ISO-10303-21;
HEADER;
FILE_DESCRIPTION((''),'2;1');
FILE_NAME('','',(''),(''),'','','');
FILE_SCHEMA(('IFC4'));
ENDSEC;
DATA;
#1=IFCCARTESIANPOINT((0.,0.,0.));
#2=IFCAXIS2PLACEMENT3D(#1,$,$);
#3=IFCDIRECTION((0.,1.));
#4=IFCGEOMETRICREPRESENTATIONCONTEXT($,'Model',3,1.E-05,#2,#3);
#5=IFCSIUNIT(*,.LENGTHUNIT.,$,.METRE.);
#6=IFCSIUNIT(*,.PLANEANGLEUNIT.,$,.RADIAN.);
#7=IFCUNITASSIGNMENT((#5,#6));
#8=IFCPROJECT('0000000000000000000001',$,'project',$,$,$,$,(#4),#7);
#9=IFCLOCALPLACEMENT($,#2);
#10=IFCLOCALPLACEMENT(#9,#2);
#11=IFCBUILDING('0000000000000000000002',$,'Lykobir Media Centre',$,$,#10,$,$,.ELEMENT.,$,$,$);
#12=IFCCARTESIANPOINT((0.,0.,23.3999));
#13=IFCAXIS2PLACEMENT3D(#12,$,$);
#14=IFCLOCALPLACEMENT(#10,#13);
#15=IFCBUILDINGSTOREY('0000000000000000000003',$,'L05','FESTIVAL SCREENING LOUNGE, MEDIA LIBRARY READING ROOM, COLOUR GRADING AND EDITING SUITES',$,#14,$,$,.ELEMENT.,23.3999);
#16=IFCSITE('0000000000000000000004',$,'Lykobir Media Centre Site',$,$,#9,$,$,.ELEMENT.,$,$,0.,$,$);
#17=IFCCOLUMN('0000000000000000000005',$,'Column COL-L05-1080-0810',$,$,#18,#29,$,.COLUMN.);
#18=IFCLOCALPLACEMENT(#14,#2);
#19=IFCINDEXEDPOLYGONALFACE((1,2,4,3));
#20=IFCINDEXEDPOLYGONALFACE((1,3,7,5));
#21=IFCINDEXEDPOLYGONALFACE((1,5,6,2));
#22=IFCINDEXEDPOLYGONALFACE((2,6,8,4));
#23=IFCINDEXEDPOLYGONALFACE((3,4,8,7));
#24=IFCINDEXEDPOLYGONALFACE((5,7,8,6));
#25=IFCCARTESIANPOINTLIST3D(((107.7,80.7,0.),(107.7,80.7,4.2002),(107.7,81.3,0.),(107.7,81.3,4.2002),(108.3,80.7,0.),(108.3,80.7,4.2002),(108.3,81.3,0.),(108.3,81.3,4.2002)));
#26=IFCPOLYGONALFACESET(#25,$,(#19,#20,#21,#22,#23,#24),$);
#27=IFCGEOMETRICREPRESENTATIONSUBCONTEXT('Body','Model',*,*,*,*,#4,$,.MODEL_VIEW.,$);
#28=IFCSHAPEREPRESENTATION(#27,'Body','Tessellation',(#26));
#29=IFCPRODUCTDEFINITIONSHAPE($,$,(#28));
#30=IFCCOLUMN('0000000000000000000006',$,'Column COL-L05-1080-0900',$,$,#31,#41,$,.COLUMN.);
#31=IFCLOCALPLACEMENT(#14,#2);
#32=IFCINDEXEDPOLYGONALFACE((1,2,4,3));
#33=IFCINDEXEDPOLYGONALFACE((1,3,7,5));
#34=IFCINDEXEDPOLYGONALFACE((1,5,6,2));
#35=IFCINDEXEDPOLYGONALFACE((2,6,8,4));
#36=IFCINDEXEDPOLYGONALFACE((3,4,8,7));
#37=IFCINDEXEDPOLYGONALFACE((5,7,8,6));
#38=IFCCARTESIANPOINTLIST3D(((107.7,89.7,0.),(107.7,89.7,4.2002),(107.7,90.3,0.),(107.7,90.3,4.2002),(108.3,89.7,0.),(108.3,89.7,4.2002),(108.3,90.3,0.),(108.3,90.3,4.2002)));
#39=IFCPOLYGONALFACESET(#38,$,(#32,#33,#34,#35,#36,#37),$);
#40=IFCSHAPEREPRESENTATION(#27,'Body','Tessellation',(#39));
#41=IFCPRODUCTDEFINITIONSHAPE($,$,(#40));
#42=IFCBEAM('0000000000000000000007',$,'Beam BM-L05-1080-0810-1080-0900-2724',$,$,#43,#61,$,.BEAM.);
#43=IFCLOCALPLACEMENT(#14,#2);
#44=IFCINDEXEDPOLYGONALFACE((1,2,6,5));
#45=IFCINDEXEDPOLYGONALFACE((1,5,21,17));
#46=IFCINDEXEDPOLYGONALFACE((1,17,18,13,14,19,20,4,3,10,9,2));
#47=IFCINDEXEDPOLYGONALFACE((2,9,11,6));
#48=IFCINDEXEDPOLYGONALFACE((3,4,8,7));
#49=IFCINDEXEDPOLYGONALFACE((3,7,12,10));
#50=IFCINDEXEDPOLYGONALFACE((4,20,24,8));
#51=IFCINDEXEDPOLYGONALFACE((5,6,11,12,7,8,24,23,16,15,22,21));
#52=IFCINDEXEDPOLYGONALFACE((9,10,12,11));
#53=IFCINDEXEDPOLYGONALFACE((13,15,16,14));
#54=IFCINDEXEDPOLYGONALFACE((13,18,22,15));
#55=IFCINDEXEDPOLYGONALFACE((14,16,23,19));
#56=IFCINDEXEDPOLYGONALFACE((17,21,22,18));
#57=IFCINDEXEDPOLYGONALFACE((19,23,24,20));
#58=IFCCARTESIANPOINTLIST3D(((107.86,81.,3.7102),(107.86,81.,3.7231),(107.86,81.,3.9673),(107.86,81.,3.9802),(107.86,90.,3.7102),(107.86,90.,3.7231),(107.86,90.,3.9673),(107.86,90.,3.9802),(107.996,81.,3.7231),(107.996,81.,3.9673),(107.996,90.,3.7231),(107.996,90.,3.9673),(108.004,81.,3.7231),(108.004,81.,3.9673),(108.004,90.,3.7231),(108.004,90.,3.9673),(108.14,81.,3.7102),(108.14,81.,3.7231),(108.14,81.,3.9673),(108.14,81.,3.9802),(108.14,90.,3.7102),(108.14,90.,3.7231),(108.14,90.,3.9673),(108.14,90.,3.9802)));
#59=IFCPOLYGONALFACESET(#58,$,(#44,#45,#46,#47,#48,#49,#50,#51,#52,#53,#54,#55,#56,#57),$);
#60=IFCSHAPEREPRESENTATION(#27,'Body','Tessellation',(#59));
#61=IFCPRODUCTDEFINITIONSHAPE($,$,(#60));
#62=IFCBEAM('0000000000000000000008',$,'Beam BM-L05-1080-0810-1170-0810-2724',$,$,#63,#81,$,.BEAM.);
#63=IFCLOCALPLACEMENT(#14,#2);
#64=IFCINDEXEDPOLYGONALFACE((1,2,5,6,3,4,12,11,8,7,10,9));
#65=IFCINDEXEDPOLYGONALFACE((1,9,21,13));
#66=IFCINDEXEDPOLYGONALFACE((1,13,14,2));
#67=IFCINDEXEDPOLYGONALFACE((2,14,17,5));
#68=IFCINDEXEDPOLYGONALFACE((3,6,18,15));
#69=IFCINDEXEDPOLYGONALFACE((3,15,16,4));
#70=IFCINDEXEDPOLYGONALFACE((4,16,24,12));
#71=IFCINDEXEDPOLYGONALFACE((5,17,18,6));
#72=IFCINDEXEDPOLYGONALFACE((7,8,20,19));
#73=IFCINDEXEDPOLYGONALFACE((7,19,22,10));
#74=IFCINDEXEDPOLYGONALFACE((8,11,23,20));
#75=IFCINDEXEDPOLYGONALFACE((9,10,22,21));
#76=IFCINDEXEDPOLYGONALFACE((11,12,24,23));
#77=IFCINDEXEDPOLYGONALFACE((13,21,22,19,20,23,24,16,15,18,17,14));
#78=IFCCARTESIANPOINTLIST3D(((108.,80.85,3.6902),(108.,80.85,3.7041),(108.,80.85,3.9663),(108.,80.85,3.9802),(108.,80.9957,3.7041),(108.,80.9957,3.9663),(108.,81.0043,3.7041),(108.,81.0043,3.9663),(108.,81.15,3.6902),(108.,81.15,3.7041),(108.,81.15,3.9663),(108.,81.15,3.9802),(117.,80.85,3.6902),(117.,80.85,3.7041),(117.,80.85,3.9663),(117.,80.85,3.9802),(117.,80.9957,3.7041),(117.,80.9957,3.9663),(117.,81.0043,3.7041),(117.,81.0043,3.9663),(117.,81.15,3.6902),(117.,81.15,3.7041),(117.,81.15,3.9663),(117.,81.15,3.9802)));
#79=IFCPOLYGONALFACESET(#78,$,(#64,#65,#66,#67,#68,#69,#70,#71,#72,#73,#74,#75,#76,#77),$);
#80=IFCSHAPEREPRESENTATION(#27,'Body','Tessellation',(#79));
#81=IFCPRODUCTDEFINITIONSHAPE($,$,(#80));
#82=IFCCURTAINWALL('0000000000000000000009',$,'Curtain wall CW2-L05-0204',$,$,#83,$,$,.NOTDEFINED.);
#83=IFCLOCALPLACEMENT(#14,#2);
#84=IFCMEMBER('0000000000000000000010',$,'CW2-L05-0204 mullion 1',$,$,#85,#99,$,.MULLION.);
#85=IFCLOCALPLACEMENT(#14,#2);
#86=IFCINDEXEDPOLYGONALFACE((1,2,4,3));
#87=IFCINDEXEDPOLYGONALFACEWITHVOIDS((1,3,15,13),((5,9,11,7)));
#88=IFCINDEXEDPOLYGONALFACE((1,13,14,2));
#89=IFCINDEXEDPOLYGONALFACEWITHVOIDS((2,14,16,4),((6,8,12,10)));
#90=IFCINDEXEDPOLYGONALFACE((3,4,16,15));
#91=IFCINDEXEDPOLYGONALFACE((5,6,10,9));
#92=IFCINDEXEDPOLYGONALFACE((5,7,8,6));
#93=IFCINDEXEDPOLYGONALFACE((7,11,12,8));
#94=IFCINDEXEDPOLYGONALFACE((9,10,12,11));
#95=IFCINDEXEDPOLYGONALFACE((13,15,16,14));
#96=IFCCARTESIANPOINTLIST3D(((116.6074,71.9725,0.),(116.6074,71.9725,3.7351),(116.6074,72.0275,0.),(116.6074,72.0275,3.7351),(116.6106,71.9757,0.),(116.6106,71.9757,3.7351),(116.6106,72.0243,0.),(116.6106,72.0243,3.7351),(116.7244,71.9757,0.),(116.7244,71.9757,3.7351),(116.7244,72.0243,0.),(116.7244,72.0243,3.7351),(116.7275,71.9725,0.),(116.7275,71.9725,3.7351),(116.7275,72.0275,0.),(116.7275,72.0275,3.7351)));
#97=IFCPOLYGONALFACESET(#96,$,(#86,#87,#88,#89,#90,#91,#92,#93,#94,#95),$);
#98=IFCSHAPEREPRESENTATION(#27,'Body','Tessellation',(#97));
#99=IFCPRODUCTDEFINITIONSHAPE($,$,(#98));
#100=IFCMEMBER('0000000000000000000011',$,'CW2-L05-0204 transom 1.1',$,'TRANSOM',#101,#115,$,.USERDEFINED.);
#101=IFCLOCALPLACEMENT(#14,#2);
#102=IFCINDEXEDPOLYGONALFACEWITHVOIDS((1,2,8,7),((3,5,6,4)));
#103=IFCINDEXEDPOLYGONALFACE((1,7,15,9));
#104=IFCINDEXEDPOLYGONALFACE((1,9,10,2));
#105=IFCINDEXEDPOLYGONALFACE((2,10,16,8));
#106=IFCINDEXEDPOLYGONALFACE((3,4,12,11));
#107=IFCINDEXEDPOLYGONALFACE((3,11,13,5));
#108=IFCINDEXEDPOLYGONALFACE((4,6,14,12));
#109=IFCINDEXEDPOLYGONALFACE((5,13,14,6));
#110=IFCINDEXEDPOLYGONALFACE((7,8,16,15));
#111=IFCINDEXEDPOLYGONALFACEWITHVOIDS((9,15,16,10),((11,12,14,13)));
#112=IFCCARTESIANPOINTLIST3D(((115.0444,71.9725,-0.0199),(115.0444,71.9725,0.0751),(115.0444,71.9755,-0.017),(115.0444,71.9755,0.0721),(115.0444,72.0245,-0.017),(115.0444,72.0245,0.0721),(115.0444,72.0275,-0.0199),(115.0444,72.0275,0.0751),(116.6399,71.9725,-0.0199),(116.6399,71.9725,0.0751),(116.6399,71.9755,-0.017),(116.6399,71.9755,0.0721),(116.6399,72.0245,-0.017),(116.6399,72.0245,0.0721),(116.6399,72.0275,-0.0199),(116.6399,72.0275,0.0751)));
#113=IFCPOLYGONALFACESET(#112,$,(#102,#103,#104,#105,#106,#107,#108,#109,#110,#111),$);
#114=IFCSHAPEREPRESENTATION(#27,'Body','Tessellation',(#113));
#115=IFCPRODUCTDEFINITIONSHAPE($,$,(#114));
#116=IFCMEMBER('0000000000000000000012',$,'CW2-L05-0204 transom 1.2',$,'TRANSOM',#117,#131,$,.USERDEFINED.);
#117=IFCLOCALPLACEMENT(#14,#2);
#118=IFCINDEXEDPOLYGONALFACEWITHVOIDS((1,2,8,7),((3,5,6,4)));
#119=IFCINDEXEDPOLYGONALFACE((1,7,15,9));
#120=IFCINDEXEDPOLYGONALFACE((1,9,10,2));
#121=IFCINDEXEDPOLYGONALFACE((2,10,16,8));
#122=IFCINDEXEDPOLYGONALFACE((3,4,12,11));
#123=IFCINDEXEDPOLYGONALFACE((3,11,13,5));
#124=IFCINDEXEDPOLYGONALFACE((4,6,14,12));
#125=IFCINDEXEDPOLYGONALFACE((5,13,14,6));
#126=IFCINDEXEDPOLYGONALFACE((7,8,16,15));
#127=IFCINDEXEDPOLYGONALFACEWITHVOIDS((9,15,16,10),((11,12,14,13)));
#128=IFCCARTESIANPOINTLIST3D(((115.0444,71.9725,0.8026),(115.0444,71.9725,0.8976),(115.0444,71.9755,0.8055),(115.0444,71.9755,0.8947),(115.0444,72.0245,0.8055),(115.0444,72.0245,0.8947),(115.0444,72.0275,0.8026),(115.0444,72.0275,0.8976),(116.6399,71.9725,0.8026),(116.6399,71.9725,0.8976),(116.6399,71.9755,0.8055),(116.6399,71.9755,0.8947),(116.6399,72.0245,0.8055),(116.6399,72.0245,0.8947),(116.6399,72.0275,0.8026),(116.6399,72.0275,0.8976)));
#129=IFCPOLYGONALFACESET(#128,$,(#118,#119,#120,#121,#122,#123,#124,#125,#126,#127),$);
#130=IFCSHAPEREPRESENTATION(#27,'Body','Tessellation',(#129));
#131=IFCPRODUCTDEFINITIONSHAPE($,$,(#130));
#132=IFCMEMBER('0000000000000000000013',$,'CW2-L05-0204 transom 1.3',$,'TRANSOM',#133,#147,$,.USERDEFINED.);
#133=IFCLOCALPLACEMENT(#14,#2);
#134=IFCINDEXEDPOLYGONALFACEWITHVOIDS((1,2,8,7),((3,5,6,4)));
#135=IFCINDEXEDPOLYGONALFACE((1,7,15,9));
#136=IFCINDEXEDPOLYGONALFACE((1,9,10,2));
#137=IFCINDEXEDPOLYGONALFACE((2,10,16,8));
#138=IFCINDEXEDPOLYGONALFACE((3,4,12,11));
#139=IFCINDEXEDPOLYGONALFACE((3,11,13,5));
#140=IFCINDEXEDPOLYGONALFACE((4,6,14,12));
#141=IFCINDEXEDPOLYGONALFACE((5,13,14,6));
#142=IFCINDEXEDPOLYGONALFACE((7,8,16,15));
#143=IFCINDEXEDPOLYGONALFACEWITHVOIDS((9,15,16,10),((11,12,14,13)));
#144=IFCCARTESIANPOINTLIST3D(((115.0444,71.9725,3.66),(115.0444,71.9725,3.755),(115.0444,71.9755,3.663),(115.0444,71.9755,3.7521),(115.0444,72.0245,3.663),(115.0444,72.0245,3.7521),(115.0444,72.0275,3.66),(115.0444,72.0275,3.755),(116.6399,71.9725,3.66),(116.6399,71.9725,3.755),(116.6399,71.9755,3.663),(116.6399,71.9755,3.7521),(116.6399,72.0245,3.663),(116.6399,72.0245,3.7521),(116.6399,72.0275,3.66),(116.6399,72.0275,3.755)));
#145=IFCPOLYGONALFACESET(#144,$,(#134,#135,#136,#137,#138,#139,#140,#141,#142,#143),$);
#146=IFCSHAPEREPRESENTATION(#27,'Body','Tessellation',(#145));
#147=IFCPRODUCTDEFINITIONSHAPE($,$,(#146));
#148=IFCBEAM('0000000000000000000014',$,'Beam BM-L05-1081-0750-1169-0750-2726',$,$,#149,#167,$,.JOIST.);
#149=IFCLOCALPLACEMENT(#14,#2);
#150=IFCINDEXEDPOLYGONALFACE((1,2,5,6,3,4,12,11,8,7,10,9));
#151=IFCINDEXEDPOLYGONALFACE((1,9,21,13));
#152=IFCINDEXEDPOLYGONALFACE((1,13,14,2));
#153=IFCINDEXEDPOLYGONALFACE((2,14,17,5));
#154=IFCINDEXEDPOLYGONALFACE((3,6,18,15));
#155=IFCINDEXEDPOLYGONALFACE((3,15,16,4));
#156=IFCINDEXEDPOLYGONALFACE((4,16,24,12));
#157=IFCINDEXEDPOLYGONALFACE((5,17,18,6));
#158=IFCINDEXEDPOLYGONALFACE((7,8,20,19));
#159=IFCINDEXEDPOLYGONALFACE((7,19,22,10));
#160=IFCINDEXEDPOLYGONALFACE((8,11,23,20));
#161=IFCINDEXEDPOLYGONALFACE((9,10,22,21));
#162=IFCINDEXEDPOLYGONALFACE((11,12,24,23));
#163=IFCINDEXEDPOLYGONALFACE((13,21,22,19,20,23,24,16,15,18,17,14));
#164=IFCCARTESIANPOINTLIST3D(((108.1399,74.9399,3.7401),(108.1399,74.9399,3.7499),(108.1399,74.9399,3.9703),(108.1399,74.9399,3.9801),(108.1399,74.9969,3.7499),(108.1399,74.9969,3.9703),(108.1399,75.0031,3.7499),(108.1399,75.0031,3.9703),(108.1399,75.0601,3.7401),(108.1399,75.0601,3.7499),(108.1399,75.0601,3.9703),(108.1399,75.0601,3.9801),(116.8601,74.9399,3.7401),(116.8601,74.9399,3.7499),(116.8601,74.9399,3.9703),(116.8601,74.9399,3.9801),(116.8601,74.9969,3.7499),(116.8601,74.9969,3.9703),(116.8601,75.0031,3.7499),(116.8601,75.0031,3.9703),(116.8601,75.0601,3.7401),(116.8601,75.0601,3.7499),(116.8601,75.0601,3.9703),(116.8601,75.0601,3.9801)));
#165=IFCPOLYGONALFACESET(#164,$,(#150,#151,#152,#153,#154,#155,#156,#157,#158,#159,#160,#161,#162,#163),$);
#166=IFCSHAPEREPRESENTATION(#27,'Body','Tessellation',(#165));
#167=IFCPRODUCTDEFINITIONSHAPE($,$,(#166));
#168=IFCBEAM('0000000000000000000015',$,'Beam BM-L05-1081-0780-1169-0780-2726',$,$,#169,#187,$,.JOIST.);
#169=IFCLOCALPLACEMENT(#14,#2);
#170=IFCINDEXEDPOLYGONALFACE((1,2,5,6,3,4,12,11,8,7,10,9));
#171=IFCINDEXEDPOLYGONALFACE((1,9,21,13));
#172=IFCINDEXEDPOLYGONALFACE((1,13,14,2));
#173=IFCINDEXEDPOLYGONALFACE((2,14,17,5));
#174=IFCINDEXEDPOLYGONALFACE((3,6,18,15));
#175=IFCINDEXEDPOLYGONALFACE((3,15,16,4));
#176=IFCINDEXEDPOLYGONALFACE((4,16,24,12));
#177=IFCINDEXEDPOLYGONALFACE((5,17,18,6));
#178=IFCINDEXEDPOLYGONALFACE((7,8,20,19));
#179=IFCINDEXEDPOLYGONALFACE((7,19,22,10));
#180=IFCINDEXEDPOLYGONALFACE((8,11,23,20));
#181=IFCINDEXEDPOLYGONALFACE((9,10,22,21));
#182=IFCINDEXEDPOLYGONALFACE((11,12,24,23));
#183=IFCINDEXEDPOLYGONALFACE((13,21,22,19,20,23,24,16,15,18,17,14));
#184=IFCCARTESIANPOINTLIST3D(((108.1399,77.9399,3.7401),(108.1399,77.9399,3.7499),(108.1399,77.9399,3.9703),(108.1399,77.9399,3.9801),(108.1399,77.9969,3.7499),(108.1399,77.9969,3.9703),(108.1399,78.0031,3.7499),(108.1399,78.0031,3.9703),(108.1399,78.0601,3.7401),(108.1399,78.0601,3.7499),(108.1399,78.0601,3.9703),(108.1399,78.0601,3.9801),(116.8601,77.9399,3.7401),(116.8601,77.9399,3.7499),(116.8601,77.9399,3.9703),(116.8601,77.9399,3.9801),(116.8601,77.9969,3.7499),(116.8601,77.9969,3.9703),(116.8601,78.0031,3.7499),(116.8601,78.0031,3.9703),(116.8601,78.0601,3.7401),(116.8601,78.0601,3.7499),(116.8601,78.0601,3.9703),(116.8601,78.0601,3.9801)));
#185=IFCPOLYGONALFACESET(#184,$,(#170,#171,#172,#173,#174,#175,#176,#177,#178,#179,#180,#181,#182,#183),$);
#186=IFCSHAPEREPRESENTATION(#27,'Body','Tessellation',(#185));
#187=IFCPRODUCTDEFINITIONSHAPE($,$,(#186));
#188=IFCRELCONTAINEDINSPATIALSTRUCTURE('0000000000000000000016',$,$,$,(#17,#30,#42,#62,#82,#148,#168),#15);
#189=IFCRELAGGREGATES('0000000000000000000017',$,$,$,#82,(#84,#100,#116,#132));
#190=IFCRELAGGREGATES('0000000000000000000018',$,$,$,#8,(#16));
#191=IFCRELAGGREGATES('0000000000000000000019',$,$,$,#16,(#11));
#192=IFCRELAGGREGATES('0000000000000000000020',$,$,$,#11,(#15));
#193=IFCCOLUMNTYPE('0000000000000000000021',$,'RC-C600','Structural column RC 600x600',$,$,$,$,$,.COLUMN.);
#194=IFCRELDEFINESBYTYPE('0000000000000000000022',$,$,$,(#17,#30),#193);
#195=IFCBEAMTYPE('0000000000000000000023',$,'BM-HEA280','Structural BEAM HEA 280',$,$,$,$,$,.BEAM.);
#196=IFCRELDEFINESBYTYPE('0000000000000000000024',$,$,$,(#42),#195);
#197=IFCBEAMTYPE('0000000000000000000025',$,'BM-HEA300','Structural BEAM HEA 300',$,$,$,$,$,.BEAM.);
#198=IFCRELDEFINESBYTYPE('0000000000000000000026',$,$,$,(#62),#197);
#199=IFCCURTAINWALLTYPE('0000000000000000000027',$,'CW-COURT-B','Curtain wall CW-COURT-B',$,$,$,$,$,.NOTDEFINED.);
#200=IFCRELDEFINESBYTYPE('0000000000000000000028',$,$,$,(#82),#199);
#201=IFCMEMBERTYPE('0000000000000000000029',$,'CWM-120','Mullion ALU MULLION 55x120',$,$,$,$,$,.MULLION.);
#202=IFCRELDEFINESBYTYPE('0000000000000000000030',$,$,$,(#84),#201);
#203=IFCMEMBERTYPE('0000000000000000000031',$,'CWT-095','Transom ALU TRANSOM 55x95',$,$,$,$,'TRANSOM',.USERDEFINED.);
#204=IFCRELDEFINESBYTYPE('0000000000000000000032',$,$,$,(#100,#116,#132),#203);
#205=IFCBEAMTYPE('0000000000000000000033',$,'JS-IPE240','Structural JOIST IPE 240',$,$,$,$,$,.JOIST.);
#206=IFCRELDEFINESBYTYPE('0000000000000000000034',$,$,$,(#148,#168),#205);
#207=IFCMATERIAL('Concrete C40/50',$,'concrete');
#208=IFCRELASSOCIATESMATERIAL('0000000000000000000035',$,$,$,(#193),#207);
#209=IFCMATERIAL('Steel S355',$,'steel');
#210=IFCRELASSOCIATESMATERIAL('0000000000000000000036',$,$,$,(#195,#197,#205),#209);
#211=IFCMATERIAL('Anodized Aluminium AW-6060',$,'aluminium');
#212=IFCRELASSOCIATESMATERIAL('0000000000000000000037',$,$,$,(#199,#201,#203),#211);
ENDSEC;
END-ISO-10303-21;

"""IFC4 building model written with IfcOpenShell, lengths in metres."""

from ifc_helpers import new_model, si_unit, direction, frame, origin, origin_2d, place, context, subcontext, project, spatial, rectangle, hollow_rectangle, i_section, extrude, material, material_profile, profile_set, type_object, element, aggregate, save


model = new_model("IFC4")

# Units and contexts
model_context = context("Model", 3, precision=1e-05, world=origin(), true_north=direction((0.0, 1.0)))
body_context = subcontext(model_context, "Body", "Model", "MODEL_VIEW")
ifc_project = project(units=[si_unit("LENGTHUNIT", "METRE"), si_unit("PLANEANGLEUNIT", "RADIAN")], contexts=[model_context])

# Site, building, storey
site_placement = place(None, origin())
site = spatial("IfcSite", under=ifc_project, at=site_placement, Name="Lykobir Media Centre Site", CompositionType="ELEMENT", RefElevation=0.0)
building_placement = place(site_placement, origin())
building = spatial("IfcBuilding", under=site, at=building_placement, Name="Lykobir Media Centre", CompositionType="ELEMENT")
storey_placement = place(building_placement, frame((0.0, 0.0, 23.3999)))
storey = spatial("IfcBuildingStorey", under=building, at=storey_placement, Name="L05", Description="FESTIVAL SCREENING LOUNGE, MEDIA LIBRARY READING ROOM, COLOUR GRADING AND EDITING SUITES", CompositionType="ELEMENT", Elevation=23.3999)

# Columns
ifc_material_1 = material(Name="Concrete C40/50", Category="concrete")
ifc_material_profile_1 = material_profile(ifc_material_1, rectangle(XDim=0.6001, YDim=0.6001, at=origin_2d()), Name="RC 600x600")
ifc_profile_set_1 = profile_set([ifc_material_profile_1], Name="Concrete C40/50")
column_type = type_object("IfcColumnType", Name="RC-C600", Description="Structural column RC 600x600", PredefinedType="COLUMN", material=ifc_profile_set_1)
for number, where, z_axis, x_axis, name in (
    (1, (108.0, 81.0, 0.0), (0.0, 0.0, 1.0), (1.0, 0.0, 0.0), "Column COL-L05-1080-0810"),
    (2, (108.0, 90.0, 0.0), (0.0, 0.0, 1.0), (1.0, 0.0, 0.0), "Column COL-L05-1080-0900"),
):
    element("IfcColumn", number, at=place(storey_placement, frame(where, z_axis=z_axis, x_axis=x_axis)), inside=storey, type_object=column_type, Name=name, PredefinedType="COLUMN", context=body_context, shape_type="SweptSolid", body=[
        extrude(rectangle(XDim=0.6001, YDim=0.6001, at=origin_2d()), origin(), (0.0, 0.0, 1.0), 4.2002),
    ])

# Beams
ifc_material_2 = material(Name="Steel S355", Category="steel")
ifc_material_profile_2 = material_profile(ifc_material_2, i_section(OverallWidth=0.28, OverallDepth=0.27, WebThickness=0.0081, FlangeThickness=0.0129, at=origin_2d()), Name="HEA 280")
ifc_profile_set_2 = profile_set([ifc_material_profile_2], Name="Steel S355")
beam_type_1 = type_object("IfcBeamType", Name="BM-HEA280", Description="Structural BEAM HEA 280", PredefinedType="BEAM", material=ifc_profile_set_2)
beam_1_placement = place(storey_placement, frame((108.0, 81.0, 3.8452), z_axis=(0.0, 1.0, 0.0), x_axis=(-1.0, 0.0, 0.0)))
element("IfcBeam", 3, at=beam_1_placement, inside=storey, type_object=beam_type_1, Name="Beam BM-L05-1080-0810-1080-0900-2724", PredefinedType="BEAM", context=body_context, shape_type="SweptSolid", body=[
    extrude(i_section(OverallWidth=0.28, OverallDepth=0.27, WebThickness=0.0081, FlangeThickness=0.0129, at=origin_2d()), origin(), (0.0, 0.0, 1.0), 9.0),
])
ifc_material_profile_3 = material_profile(ifc_material_2, i_section(OverallWidth=0.3, OverallDepth=0.29, WebThickness=0.0085, FlangeThickness=0.0139, at=origin_2d()), Name="HEA 300")
ifc_profile_set_3 = profile_set([ifc_material_profile_3], Name="Steel S355")
beam_type_2 = type_object("IfcBeamType", Name="BM-HEA300", Description="Structural BEAM HEA 300", PredefinedType="BEAM", material=ifc_profile_set_3)
beam_2_placement = place(storey_placement, frame((108.0, 81.0, 3.8352), z_axis=(1.0, 0.0, 0.0), x_axis=(0.0, 1.0, 0.0)))
element("IfcBeam", 4, at=beam_2_placement, inside=storey, type_object=beam_type_2, Name="Beam BM-L05-1080-0810-1170-0810-2724", PredefinedType="BEAM", context=body_context, shape_type="SweptSolid", body=[
    extrude(i_section(OverallWidth=0.3, OverallDepth=0.29, WebThickness=0.0085, FlangeThickness=0.0139, at=origin_2d()), origin(), (0.0, 0.0, 1.0), 9.0),
])

# Curtain wall, members
ifc_material_3 = material(Name="Anodized Aluminium AW-6060", Category="aluminium")
curtain_wall_type = type_object("IfcCurtainWallType", Name="CW-COURT-B", Description="Curtain wall CW-COURT-B", PredefinedType="NOTDEFINED", material=ifc_material_3)
curtain_wall_placement = place(storey_placement, origin())
curtain_wall = element("IfcCurtainWall", 5, at=curtain_wall_placement, inside=storey, type_object=curtain_wall_type, Name="Curtain wall CW2-L05-0204", PredefinedType="NOTDEFINED")
ifc_material_profile_4 = material_profile(ifc_material_3, hollow_rectangle(XDim=0.0549, YDim=0.1201, WallThickness=0.0032, at=origin_2d()), Name="ALU MULLION 55x120")
ifc_profile_set_4 = profile_set([ifc_material_profile_4], Name="Anodized Aluminium AW-6060")
member_type_1 = type_object("IfcMemberType", Name="CWM-120", Description="Mullion ALU MULLION 55x120", PredefinedType="MULLION", material=ifc_profile_set_4)
member_1_placement = place(storey_placement, frame((116.6675, 72.0, 0.0), z_axis=(0.0, 0.0, 1.0), x_axis=(0.0, -1.0, 0.0)))
member_1 = element("IfcMember", 6, at=member_1_placement, type_object=member_type_1, Name="CW2-L05-0204 mullion 1", PredefinedType="MULLION", context=body_context, shape_type="SweptSolid", body=[
    extrude(hollow_rectangle(XDim=0.0549, YDim=0.1201, WallThickness=0.0032, at=origin_2d()), origin(), (0.0, 0.0, 1.0), 3.7351),
])
ifc_material_profile_5 = material_profile(ifc_material_3, hollow_rectangle(XDim=0.0549, YDim=0.095, WallThickness=0.0029, at=origin_2d()), Name="ALU TRANSOM 55x95")
ifc_profile_set_5 = profile_set([ifc_material_profile_5], Name="Anodized Aluminium AW-6060")
member_type_2 = type_object("IfcMemberType", Name="CWT-095", Description="Transom ALU TRANSOM 55x95", ElementType="TRANSOM", PredefinedType="USERDEFINED", material=ifc_profile_set_5)
member_2_placement = place(storey_placement, frame((116.6399, 72.0, 0.0276), z_axis=(-1.0, 0.0, 0.0), x_axis=(0.0, -1.0, 0.0)))
member_2 = element("IfcMember", 7, at=member_2_placement, type_object=member_type_2, Name="CW2-L05-0204 transom 1.1", ObjectType="TRANSOM", PredefinedType="USERDEFINED", context=body_context, shape_type="SweptSolid", body=[
    extrude(hollow_rectangle(XDim=0.0549, YDim=0.095, WallThickness=0.0029, at=origin_2d()), origin(), (0.0, 0.0, 1.0), 1.5955),
])
member_3_placement = place(storey_placement, frame((116.6399, 72.0, 0.8501), z_axis=(-1.0, 0.0, 0.0), x_axis=(0.0, -1.0, 0.0)))
member_3 = element("IfcMember", 8, at=member_3_placement, type_object=member_type_2, Name="CW2-L05-0204 transom 1.2", ObjectType="TRANSOM", PredefinedType="USERDEFINED", context=body_context, shape_type="SweptSolid", body=[
    extrude(hollow_rectangle(XDim=0.0549, YDim=0.095, WallThickness=0.0029, at=origin_2d()), origin(), (0.0, 0.0, 1.0), 1.5955),
])
member_4_placement = place(storey_placement, frame((116.6399, 72.0, 3.7075), z_axis=(-1.0, 0.0, 0.0), x_axis=(0.0, -1.0, 0.0)))
member_4 = element("IfcMember", 9, at=member_4_placement, type_object=member_type_2, Name="CW2-L05-0204 transom 1.3", ObjectType="TRANSOM", PredefinedType="USERDEFINED", context=body_context, shape_type="SweptSolid", body=[
    extrude(hollow_rectangle(XDim=0.0549, YDim=0.095, WallThickness=0.0029, at=origin_2d()), origin(), (0.0, 0.0, 1.0), 1.5955),
])

# Beams
ifc_material_profile_6 = material_profile(ifc_material_2, i_section(OverallWidth=0.1201, OverallDepth=0.24, WebThickness=0.0061, FlangeThickness=0.0098, at=origin_2d()), Name="IPE 240")
ifc_profile_set_6 = profile_set([ifc_material_profile_6], Name="Steel S355")
beam_type_3 = type_object("IfcBeamType", Name="JS-IPE240", Description="Structural JOIST IPE 240", PredefinedType="JOIST", material=ifc_profile_set_6)
for number, where, z_axis, x_axis, name in (
    (10, (108.1399, 75.0, 3.8601), (1.0, 0.0, 0.0), (0.0, 1.0, 0.0), "Beam BM-L05-1081-0750-1169-0750-2726"),
    (11, (108.1399, 78.0, 3.8601), (1.0, 0.0, 0.0), (0.0, 1.0, 0.0), "Beam BM-L05-1081-0780-1169-0780-2726"),
):
    element("IfcBeam", number, at=place(storey_placement, frame(where, z_axis=z_axis, x_axis=x_axis)), inside=storey, type_object=beam_type_3, Name=name, PredefinedType="JOIST", context=body_context, shape_type="SweptSolid", body=[
        extrude(i_section(OverallWidth=0.1201, OverallDepth=0.24, WebThickness=0.0061, FlangeThickness=0.0098, at=origin_2d()), origin(), (0.0, 0.0, 1.0), 8.7202),
    ])

aggregate(curtain_wall, [member_1, member_2, member_3, member_4])

save(model, "model.ifc")
